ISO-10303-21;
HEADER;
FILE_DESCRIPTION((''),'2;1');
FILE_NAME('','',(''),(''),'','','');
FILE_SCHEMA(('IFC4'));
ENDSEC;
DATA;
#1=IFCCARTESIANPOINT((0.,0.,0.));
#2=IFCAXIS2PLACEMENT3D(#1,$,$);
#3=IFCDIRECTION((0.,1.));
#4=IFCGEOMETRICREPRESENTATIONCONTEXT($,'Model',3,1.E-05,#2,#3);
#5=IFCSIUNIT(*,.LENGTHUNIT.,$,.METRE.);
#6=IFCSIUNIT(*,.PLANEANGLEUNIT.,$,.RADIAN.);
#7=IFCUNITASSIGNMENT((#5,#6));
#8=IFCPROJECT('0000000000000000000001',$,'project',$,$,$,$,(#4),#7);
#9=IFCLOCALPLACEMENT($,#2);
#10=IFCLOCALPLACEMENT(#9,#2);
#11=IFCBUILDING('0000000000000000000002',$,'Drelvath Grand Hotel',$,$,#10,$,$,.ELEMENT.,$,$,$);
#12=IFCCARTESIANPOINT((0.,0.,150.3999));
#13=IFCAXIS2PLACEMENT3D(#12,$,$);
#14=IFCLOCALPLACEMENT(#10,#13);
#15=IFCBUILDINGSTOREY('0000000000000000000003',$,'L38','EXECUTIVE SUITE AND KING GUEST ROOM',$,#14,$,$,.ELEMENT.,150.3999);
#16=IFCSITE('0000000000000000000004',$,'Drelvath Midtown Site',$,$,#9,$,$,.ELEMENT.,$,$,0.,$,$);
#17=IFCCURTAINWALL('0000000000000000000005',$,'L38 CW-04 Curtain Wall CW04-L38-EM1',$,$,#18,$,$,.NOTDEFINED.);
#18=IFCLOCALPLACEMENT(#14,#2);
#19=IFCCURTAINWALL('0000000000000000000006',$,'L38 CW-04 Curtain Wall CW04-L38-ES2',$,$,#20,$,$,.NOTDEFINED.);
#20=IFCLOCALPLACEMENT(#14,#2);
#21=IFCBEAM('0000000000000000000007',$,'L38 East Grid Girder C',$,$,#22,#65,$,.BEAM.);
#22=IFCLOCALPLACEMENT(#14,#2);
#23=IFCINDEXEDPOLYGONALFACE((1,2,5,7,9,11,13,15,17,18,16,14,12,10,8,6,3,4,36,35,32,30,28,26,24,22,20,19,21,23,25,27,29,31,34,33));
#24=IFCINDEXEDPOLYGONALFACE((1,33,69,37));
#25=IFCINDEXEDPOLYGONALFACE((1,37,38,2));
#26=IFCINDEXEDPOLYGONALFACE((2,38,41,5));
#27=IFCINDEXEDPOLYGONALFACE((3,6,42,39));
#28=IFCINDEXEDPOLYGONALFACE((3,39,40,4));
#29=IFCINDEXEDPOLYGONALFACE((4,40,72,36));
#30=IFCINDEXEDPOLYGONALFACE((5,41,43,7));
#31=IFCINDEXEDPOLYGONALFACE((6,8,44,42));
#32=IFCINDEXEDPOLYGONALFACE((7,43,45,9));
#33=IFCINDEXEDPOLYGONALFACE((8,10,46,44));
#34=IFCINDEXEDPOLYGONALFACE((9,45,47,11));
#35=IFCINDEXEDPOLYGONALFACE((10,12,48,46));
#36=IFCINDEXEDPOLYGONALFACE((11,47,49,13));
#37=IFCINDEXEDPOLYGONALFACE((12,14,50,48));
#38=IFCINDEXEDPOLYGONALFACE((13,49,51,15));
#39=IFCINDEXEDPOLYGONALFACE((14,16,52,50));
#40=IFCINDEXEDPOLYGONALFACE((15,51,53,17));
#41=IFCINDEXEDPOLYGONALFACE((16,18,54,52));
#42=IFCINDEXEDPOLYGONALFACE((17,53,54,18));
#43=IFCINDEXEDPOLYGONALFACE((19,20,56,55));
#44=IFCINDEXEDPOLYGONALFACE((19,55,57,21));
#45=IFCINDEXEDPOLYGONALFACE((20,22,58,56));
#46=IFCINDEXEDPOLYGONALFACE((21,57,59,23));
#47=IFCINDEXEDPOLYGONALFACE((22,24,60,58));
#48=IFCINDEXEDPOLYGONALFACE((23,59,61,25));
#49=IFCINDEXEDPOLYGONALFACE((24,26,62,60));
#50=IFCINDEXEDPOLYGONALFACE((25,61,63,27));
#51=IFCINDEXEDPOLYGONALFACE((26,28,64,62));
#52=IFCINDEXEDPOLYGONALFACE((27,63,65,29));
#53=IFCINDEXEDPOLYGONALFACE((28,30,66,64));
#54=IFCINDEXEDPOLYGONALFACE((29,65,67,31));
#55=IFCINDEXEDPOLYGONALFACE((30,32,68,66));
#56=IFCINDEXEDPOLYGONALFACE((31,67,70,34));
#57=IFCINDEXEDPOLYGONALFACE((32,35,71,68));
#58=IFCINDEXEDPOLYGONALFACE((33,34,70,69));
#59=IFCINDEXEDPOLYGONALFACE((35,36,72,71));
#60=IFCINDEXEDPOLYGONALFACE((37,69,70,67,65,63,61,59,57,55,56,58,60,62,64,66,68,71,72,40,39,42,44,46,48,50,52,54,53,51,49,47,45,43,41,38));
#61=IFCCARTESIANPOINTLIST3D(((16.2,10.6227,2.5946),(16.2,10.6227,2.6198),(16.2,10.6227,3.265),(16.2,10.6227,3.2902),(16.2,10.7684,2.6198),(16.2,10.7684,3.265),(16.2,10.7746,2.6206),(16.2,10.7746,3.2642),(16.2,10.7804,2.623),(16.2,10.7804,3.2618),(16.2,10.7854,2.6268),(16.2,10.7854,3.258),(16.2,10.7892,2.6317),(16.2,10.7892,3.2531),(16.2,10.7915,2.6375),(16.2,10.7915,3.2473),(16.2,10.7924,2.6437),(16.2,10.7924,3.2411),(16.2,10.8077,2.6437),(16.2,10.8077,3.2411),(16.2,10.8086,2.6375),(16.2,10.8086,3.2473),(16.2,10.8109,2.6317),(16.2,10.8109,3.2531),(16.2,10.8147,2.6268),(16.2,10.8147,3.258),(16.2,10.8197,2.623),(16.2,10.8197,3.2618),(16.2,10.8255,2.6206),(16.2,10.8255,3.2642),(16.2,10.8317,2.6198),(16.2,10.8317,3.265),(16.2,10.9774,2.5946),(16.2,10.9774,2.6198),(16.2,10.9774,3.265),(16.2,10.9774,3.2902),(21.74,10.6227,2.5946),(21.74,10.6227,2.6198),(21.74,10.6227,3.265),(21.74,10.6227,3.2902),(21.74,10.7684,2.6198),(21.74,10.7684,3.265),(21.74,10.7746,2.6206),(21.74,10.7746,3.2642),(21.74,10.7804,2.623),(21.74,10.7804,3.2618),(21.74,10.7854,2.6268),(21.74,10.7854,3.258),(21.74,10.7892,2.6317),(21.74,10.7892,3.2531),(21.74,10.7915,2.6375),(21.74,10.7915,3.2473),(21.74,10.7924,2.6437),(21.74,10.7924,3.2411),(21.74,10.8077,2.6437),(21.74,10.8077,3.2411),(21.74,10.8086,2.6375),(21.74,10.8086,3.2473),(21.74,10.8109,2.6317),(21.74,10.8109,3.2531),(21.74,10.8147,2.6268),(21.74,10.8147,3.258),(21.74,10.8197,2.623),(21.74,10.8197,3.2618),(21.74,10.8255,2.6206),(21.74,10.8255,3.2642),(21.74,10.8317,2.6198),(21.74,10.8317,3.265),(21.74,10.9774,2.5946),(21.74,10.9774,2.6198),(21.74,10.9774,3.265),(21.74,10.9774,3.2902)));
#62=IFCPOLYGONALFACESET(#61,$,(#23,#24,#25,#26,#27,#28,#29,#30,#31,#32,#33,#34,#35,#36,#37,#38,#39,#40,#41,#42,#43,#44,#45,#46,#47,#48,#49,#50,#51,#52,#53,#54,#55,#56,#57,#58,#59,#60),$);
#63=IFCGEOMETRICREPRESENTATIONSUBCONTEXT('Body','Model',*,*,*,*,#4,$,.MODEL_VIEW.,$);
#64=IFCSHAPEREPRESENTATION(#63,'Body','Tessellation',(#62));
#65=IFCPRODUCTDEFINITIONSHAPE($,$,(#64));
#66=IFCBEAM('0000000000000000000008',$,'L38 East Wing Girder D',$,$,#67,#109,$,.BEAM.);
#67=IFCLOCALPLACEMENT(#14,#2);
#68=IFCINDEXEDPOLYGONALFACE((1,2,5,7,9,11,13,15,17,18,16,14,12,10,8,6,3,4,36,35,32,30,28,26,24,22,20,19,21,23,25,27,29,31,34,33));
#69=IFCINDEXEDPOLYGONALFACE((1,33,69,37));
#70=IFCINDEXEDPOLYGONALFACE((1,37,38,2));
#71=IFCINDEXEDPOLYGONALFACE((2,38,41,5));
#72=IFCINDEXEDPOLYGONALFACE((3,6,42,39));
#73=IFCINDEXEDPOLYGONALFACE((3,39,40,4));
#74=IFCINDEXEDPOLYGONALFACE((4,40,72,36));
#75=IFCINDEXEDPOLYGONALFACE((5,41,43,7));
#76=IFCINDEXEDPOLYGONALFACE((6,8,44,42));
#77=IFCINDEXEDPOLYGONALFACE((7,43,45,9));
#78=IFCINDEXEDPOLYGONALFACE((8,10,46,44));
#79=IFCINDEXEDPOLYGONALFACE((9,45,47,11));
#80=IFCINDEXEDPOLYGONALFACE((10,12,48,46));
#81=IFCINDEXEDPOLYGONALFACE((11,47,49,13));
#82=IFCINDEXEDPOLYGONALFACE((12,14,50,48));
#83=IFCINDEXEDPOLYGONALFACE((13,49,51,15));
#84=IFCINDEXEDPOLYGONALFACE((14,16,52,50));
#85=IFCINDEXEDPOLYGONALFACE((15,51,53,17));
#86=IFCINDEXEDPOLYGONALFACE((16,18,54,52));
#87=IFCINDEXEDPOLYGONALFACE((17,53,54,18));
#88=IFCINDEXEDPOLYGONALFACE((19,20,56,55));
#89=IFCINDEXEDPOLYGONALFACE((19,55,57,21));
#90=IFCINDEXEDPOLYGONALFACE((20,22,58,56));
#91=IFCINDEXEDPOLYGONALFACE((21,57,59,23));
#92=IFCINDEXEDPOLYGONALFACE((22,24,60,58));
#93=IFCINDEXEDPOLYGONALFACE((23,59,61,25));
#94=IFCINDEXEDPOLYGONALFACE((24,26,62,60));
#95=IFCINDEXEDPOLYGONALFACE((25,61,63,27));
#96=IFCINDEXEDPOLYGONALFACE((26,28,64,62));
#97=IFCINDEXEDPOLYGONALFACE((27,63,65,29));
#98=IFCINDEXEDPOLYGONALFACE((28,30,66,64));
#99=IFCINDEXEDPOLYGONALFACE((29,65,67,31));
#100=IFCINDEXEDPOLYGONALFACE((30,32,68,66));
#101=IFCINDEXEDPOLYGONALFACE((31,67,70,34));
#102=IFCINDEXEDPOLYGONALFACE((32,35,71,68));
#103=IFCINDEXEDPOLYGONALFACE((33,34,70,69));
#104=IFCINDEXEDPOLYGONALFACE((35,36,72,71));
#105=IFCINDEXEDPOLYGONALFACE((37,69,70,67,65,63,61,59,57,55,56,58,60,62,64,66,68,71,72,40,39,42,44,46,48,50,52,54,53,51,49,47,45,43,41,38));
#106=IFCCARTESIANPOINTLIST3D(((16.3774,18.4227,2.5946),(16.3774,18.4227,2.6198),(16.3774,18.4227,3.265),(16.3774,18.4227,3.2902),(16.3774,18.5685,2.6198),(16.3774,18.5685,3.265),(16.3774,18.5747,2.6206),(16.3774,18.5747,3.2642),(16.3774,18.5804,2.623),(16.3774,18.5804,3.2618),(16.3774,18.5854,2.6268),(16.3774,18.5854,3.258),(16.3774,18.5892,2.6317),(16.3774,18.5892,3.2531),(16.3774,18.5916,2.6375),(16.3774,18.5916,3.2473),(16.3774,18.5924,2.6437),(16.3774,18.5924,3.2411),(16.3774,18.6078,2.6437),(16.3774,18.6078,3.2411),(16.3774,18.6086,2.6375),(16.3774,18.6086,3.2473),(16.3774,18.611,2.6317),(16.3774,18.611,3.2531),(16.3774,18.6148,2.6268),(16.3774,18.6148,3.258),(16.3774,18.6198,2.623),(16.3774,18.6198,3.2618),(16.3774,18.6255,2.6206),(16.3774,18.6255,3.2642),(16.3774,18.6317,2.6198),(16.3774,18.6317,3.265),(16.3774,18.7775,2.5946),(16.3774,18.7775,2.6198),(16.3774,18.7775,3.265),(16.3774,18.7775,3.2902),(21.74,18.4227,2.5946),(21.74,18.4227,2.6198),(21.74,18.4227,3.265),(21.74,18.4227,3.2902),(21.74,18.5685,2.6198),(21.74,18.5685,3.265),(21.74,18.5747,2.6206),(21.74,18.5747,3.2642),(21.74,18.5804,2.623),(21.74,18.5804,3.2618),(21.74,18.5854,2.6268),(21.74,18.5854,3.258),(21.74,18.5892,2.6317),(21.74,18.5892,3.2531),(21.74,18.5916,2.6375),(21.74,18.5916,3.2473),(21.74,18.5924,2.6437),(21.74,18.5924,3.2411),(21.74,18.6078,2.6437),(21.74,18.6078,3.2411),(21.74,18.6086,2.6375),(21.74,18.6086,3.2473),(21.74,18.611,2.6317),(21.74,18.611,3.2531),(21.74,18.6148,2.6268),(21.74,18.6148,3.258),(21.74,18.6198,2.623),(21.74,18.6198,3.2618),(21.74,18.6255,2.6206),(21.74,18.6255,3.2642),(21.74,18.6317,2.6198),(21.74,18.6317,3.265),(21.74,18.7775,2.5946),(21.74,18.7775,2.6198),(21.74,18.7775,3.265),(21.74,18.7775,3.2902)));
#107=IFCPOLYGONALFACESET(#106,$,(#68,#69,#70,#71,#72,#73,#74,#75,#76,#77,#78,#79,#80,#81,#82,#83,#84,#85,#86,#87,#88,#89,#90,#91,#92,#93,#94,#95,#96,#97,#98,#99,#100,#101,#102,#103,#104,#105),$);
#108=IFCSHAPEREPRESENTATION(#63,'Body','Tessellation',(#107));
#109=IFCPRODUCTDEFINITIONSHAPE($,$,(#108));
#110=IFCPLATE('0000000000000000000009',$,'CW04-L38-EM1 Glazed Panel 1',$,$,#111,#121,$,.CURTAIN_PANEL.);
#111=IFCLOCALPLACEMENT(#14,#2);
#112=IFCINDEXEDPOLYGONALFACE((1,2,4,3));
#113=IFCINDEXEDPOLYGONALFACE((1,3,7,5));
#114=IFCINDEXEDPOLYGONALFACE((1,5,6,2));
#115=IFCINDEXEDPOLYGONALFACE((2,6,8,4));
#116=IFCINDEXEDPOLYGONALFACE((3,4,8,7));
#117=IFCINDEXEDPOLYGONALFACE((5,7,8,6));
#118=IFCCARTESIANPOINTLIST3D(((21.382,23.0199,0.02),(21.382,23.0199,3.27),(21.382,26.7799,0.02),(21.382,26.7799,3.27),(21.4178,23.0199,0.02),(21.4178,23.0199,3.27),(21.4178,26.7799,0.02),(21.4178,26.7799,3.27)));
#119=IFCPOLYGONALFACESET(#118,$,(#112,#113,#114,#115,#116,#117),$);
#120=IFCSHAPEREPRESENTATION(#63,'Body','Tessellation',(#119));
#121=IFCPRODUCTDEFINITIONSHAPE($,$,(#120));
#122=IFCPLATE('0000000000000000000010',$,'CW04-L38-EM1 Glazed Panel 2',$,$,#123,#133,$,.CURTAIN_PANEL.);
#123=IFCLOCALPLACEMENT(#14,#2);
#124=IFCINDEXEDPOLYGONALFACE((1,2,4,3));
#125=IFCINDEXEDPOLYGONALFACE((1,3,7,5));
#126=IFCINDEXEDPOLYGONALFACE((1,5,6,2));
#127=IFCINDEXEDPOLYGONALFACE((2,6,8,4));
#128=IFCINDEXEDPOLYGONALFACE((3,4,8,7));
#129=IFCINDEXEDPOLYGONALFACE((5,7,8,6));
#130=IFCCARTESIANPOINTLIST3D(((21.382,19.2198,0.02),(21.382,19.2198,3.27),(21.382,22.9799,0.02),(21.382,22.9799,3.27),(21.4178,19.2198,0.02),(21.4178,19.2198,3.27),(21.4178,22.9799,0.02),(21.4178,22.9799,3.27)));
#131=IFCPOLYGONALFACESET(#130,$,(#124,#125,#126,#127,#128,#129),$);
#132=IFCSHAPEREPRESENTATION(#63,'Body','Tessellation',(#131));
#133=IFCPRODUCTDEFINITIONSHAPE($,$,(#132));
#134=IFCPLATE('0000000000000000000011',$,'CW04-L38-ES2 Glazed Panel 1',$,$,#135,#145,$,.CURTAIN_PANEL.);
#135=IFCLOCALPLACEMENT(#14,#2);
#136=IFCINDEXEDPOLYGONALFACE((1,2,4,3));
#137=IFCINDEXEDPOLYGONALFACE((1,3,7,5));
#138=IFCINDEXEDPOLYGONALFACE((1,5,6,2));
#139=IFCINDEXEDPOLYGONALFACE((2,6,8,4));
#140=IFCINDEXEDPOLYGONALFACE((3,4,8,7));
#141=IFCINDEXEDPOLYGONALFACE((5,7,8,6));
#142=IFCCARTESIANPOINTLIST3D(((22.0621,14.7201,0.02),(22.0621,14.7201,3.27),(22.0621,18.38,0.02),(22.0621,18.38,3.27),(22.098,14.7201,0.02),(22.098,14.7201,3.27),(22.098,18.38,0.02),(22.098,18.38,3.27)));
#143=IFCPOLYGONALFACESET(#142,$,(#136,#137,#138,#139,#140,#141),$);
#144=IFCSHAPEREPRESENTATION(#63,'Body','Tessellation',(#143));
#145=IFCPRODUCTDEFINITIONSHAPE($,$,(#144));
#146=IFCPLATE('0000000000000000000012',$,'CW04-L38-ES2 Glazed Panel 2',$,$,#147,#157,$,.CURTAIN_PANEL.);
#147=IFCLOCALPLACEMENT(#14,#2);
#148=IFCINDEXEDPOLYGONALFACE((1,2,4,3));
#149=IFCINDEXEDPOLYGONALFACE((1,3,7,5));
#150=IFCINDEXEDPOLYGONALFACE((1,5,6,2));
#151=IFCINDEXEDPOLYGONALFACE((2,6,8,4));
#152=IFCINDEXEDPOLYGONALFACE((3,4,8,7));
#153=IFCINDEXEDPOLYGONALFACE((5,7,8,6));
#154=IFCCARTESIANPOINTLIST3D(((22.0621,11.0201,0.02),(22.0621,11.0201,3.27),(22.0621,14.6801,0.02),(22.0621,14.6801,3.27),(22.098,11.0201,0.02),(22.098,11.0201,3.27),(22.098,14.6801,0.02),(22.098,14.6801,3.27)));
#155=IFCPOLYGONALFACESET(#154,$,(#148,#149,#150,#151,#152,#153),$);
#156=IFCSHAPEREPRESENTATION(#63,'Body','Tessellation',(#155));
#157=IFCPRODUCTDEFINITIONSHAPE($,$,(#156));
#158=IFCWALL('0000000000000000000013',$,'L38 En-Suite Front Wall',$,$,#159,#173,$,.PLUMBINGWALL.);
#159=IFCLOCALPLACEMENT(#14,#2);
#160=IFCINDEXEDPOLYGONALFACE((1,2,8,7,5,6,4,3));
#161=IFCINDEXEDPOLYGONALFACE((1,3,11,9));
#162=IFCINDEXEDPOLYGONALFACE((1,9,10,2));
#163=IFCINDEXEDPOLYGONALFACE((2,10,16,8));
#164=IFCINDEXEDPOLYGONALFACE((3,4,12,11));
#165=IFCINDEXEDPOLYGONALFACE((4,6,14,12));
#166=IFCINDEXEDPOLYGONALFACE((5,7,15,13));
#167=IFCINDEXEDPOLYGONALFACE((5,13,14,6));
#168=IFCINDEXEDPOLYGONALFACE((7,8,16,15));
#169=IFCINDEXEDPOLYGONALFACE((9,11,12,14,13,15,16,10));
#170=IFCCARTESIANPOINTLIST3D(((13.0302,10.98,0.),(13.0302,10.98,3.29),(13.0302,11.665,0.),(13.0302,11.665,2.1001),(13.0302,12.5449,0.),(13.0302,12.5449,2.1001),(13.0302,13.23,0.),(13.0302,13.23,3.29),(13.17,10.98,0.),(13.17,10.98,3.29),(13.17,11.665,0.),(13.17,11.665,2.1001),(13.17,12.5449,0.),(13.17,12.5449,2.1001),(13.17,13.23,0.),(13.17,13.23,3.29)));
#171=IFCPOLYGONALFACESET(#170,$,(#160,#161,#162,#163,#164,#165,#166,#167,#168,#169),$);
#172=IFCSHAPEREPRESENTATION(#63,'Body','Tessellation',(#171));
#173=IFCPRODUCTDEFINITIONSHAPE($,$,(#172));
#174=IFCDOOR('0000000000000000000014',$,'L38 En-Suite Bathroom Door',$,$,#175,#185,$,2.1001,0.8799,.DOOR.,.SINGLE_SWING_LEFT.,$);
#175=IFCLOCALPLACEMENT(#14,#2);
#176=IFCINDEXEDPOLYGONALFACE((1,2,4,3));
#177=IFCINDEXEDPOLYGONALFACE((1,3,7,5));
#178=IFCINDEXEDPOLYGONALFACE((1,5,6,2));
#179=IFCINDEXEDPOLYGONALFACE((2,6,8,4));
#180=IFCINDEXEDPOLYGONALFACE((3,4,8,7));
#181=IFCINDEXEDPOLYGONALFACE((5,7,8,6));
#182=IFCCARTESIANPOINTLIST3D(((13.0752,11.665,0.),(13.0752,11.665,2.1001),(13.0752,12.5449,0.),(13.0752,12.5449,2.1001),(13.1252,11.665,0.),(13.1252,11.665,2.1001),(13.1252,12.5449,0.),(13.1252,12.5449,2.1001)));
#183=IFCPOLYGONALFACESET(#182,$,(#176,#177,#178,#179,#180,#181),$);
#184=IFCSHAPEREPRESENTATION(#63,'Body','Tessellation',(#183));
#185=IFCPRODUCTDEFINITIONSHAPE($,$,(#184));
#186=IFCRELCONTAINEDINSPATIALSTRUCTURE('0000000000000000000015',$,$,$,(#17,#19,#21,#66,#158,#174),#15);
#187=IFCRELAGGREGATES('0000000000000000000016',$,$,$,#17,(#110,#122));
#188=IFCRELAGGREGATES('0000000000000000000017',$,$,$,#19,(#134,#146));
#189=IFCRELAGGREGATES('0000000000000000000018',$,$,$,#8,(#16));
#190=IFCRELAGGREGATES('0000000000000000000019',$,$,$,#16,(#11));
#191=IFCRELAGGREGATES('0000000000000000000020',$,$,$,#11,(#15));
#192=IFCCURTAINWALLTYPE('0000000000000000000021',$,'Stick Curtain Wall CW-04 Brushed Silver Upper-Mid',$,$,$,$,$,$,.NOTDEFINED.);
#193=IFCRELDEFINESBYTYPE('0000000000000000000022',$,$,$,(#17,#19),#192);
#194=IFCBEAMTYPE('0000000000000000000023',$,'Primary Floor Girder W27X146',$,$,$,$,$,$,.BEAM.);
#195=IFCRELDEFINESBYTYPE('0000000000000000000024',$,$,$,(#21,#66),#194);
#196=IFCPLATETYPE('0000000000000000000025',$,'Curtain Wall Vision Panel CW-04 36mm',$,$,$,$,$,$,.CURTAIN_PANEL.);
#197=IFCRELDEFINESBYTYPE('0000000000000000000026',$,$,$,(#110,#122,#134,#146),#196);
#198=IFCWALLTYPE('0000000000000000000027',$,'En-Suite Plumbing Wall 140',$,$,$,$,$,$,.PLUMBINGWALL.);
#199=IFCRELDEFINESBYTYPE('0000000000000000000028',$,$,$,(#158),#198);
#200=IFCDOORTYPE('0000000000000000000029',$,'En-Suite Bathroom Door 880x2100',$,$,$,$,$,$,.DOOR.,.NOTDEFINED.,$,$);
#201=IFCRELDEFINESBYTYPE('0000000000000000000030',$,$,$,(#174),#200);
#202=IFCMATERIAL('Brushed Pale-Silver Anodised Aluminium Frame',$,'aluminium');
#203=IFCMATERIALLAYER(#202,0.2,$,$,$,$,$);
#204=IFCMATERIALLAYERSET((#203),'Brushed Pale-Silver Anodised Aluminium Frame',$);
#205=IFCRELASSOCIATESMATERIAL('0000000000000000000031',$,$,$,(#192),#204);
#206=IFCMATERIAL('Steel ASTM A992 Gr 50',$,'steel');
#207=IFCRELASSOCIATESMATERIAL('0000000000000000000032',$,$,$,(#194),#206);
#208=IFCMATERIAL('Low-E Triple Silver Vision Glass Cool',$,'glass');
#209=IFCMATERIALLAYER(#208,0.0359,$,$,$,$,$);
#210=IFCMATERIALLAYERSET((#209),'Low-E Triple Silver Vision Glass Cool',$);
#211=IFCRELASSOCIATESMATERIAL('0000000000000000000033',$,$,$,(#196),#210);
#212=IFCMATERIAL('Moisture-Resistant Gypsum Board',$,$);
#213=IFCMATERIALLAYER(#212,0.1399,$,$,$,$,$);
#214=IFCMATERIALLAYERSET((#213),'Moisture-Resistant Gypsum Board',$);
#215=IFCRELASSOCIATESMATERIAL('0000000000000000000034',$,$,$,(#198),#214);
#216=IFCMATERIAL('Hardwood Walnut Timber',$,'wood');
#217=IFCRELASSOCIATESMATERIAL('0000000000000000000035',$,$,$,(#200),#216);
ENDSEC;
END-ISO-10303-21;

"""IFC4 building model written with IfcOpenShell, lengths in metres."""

from ifc_helpers import new_model, si_unit, direction, frame, frame_2d, origin, origin_2d, place, context, subcontext, project, spatial, rectangle, i_section, extrude, material, layer, layer_set, material_profile, profile_set, type_object, element, fill, aggregate, save


model = new_model("IFC4")

# Units and contexts
model_context = context("Model", 3, precision=1e-05, world=origin(), true_north=direction((0.0, 1.0)))
body_context = subcontext(model_context, "Body", "Model", "MODEL_VIEW")
ifc_project = project(units=[si_unit("LENGTHUNIT", "METRE"), si_unit("PLANEANGLEUNIT", "RADIAN")], contexts=[model_context])

# Site, building, storey
site_placement = place(None, origin())
site = spatial("IfcSite", under=ifc_project, at=site_placement, Name="Drelvath Midtown Site", CompositionType="ELEMENT", RefElevation=0.0)
building_placement = place(site_placement, origin())
building = spatial("IfcBuilding", under=site, at=building_placement, Name="Drelvath Grand Hotel", CompositionType="ELEMENT")
storey_placement = place(building_placement, frame((0.0, 0.0, 150.3999)))
storey = spatial("IfcBuildingStorey", under=building, at=storey_placement, Name="L38", Description="EXECUTIVE SUITE AND KING GUEST ROOM", CompositionType="ELEMENT", Elevation=150.3999)

# Curtain walls
ifc_material_1 = material(Name="Brushed Pale-Silver Anodised Aluminium Frame", Category="aluminium")
ifc_layer_1 = layer(ifc_material_1, 0.2)
ifc_layer_set_1 = layer_set([ifc_layer_1], Name="Brushed Pale-Silver Anodised Aluminium Frame")
curtain_wall_type = type_object("IfcCurtainWallType", Name="Stick Curtain Wall CW-04 Brushed Silver Upper-Mid", PredefinedType="NOTDEFINED", material=ifc_layer_set_1)
curtain_wall_1_placement = place(storey_placement, origin())
curtain_wall_1 = element("IfcCurtainWall", 1, at=curtain_wall_1_placement, inside=storey, type_object=curtain_wall_type, Name="L38 CW-04 Curtain Wall CW04-L38-EM1", PredefinedType="NOTDEFINED")
curtain_wall_2_placement = place(storey_placement, origin())
curtain_wall_2 = element("IfcCurtainWall", 2, at=curtain_wall_2_placement, inside=storey, type_object=curtain_wall_type, Name="L38 CW-04 Curtain Wall CW04-L38-ES2", PredefinedType="NOTDEFINED")

# Beams
ifc_material_2 = material(Name="Steel ASTM A992 Gr 50", Category="steel")
ifc_material_profile_1 = material_profile(ifc_material_2, i_section(OverallWidth=0.3547, OverallDepth=0.6956, WebThickness=0.0154, FlangeThickness=0.0251, FilletRadius=0.0239, at=origin_2d()), Name="W27X146")
ifc_profile_set_1 = profile_set([ifc_material_profile_1], Name="Steel ASTM A992 Gr 50")
beam_type_1 = type_object("IfcBeamType", Name="Primary Floor Girder W27X146", PredefinedType="BEAM", material=ifc_profile_set_1)
beam_1_placement = place(storey_placement, frame((16.2, 10.8, 2.9424), z_axis=(1.0, 0.0, 0.0), x_axis=(0.0, 1.0, 0.0)))
element("IfcBeam", 3, at=beam_1_placement, inside=storey, type_object=beam_type_1, Name="L38 East Grid Girder C", PredefinedType="BEAM", context=body_context, shape_type="SweptSolid", body=[
    extrude(i_section(OverallWidth=0.3547, OverallDepth=0.6956, WebThickness=0.0154, FlangeThickness=0.0251, FilletRadius=0.0239, at=origin_2d()), origin(), (0.0, 0.0, 1.0), 5.54),
])
beam_2_placement = place(storey_placement, frame((16.3774, 18.6001, 2.9424), z_axis=(1.0, 0.0, 0.0), x_axis=(0.0, 1.0, 0.0)))
element("IfcBeam", 4, at=beam_2_placement, inside=storey, type_object=beam_type_1, Name="L38 East Wing Girder D", PredefinedType="BEAM", context=body_context, shape_type="SweptSolid", body=[
    extrude(i_section(OverallWidth=0.3547, OverallDepth=0.6956, WebThickness=0.0154, FlangeThickness=0.0251, FilletRadius=0.0239, at=origin_2d()), origin(), (0.0, 0.0, 1.0), 5.3625),
])

# Plates
ifc_material_3 = material(Name="Low-E Triple Silver Vision Glass Cool", Category="glass")
ifc_layer_2 = layer(ifc_material_3, 0.0359)
ifc_layer_set_2 = layer_set([ifc_layer_2], Name="Low-E Triple Silver Vision Glass Cool")
plate_type = type_object("IfcPlateType", Name="Curtain Wall Vision Panel CW-04 36mm", PredefinedType="CURTAIN_PANEL", material=ifc_layer_set_2)
plate_1_placement = place(storey_placement, frame((21.3999, 24.8999, 0.02), z_axis=(0.0, 0.0, 1.0), x_axis=(0.0, -1.0, 0.0)))
plate_1 = element("IfcPlate", 5, at=plate_1_placement, type_object=plate_type, Name="CW04-L38-EM1 Glazed Panel 1", PredefinedType="CURTAIN_PANEL", context=body_context, shape_type="SweptSolid", body=[
    extrude(rectangle(XDim=3.76, YDim=0.0359, at=origin_2d()), origin(), (0.0, 0.0, 1.0), 3.25),
])
plate_2_placement = place(storey_placement, frame((21.3999, 21.0999, 0.02), z_axis=(0.0, 0.0, 1.0), x_axis=(0.0, -1.0, 0.0)))
plate_2 = element("IfcPlate", 6, at=plate_2_placement, type_object=plate_type, Name="CW04-L38-EM1 Glazed Panel 2", PredefinedType="CURTAIN_PANEL", context=body_context, shape_type="SweptSolid", body=[
    extrude(rectangle(XDim=3.76, YDim=0.0359, at=origin_2d()), origin(), (0.0, 0.0, 1.0), 3.25),
])
aggregate(curtain_wall_1, [plate_1, plate_2])
plate_3_placement = place(storey_placement, frame((22.0801, 16.55, 0.02), z_axis=(0.0, 0.0, 1.0), x_axis=(0.0, -1.0, 0.0)))
plate_3 = element("IfcPlate", 7, at=plate_3_placement, type_object=plate_type, Name="CW04-L38-ES2 Glazed Panel 1", PredefinedType="CURTAIN_PANEL", context=body_context, shape_type="SweptSolid", body=[
    extrude(rectangle(XDim=3.6599, YDim=0.0359, at=origin_2d()), origin(), (0.0, 0.0, 1.0), 3.25),
])
plate_4_placement = place(storey_placement, frame((22.0801, 12.8501, 0.02), z_axis=(0.0, 0.0, 1.0), x_axis=(0.0, -1.0, 0.0)))
plate_4 = element("IfcPlate", 8, at=plate_4_placement, type_object=plate_type, Name="CW04-L38-ES2 Glazed Panel 2", PredefinedType="CURTAIN_PANEL", context=body_context, shape_type="SweptSolid", body=[
    extrude(rectangle(XDim=3.6599, YDim=0.0359, at=origin_2d()), origin(), (0.0, 0.0, 1.0), 3.25),
])
aggregate(curtain_wall_2, [plate_3, plate_4])

# Wall, opening, door
ifc_material_4 = material(Name="Moisture-Resistant Gypsum Board")
ifc_layer_3 = layer(ifc_material_4, 0.1399)
ifc_layer_set_3 = layer_set([ifc_layer_3], Name="Moisture-Resistant Gypsum Board")
wall_type_1 = type_object("IfcWallType", Name="En-Suite Plumbing Wall 140", PredefinedType="PLUMBINGWALL", material=ifc_layer_set_3)
wall_1_placement = place(storey_placement, frame((13.1001, 10.98, 0.0), z_axis=(0.0, 0.0, 1.0), x_axis=(0.0, 1.0, 0.0)))
wall_1 = element("IfcWall", 9, at=wall_1_placement, inside=storey, type_object=wall_type_1, Name="L38 En-Suite Front Wall", PredefinedType="PLUMBINGWALL", context=body_context, shape_type="SweptSolid", body=[
    extrude(rectangle(XDim=2.25, YDim=0.1399, at=frame_2d((1.125, 0.0))), origin(), (0.0, 0.0, 1.0), 3.29),
])
opening_1_placement = place(wall_1_placement, frame((0.6851, 0.0, 0.0)))
opening_1 = element("IfcOpeningElement", 10, at=opening_1_placement, cuts=wall_1, PredefinedType="OPENING", context=body_context, shape_type="SweptSolid", body=[
    extrude(rectangle(XDim=0.8799, YDim=2.1001, at=frame_2d((0.4399, 1.05))), frame((0.0, 0.0798, 0.0), z_axis=(0.0, -1.0, 0.0), x_axis=(1.0, 0.0, 0.0)), (0.0, 0.0, 1.0), 0.1599),
])
ifc_material_5 = material(Name="Hardwood Walnut Timber", Category="wood")
door_type = type_object("IfcDoorType", Name="En-Suite Bathroom Door 880x2100", OperationType="NOTDEFINED", PredefinedType="DOOR", material=ifc_material_5)
door_1_placement = place(opening_1_placement, origin())
door_1 = element("IfcDoor", 11, at=door_1_placement, inside=storey, type_object=door_type, Name="L38 En-Suite Bathroom Door", OperationType="SINGLE_SWING_LEFT", OverallHeight=2.1001, OverallWidth=0.8799, PredefinedType="DOOR", context=body_context, shape_type="SweptSolid", body=[
    extrude(rectangle(XDim=0.8799, YDim=2.1001, at=frame_2d((0.4399, 1.05))), frame((0.0, 0.0249, 0.0), z_axis=(0.0, -1.0, 0.0), x_axis=(1.0, 0.0, 0.0)), (0.0, 0.0, 1.0), 0.05),
])
fill(opening_1, door_1)

save(model, "model.ifc")
